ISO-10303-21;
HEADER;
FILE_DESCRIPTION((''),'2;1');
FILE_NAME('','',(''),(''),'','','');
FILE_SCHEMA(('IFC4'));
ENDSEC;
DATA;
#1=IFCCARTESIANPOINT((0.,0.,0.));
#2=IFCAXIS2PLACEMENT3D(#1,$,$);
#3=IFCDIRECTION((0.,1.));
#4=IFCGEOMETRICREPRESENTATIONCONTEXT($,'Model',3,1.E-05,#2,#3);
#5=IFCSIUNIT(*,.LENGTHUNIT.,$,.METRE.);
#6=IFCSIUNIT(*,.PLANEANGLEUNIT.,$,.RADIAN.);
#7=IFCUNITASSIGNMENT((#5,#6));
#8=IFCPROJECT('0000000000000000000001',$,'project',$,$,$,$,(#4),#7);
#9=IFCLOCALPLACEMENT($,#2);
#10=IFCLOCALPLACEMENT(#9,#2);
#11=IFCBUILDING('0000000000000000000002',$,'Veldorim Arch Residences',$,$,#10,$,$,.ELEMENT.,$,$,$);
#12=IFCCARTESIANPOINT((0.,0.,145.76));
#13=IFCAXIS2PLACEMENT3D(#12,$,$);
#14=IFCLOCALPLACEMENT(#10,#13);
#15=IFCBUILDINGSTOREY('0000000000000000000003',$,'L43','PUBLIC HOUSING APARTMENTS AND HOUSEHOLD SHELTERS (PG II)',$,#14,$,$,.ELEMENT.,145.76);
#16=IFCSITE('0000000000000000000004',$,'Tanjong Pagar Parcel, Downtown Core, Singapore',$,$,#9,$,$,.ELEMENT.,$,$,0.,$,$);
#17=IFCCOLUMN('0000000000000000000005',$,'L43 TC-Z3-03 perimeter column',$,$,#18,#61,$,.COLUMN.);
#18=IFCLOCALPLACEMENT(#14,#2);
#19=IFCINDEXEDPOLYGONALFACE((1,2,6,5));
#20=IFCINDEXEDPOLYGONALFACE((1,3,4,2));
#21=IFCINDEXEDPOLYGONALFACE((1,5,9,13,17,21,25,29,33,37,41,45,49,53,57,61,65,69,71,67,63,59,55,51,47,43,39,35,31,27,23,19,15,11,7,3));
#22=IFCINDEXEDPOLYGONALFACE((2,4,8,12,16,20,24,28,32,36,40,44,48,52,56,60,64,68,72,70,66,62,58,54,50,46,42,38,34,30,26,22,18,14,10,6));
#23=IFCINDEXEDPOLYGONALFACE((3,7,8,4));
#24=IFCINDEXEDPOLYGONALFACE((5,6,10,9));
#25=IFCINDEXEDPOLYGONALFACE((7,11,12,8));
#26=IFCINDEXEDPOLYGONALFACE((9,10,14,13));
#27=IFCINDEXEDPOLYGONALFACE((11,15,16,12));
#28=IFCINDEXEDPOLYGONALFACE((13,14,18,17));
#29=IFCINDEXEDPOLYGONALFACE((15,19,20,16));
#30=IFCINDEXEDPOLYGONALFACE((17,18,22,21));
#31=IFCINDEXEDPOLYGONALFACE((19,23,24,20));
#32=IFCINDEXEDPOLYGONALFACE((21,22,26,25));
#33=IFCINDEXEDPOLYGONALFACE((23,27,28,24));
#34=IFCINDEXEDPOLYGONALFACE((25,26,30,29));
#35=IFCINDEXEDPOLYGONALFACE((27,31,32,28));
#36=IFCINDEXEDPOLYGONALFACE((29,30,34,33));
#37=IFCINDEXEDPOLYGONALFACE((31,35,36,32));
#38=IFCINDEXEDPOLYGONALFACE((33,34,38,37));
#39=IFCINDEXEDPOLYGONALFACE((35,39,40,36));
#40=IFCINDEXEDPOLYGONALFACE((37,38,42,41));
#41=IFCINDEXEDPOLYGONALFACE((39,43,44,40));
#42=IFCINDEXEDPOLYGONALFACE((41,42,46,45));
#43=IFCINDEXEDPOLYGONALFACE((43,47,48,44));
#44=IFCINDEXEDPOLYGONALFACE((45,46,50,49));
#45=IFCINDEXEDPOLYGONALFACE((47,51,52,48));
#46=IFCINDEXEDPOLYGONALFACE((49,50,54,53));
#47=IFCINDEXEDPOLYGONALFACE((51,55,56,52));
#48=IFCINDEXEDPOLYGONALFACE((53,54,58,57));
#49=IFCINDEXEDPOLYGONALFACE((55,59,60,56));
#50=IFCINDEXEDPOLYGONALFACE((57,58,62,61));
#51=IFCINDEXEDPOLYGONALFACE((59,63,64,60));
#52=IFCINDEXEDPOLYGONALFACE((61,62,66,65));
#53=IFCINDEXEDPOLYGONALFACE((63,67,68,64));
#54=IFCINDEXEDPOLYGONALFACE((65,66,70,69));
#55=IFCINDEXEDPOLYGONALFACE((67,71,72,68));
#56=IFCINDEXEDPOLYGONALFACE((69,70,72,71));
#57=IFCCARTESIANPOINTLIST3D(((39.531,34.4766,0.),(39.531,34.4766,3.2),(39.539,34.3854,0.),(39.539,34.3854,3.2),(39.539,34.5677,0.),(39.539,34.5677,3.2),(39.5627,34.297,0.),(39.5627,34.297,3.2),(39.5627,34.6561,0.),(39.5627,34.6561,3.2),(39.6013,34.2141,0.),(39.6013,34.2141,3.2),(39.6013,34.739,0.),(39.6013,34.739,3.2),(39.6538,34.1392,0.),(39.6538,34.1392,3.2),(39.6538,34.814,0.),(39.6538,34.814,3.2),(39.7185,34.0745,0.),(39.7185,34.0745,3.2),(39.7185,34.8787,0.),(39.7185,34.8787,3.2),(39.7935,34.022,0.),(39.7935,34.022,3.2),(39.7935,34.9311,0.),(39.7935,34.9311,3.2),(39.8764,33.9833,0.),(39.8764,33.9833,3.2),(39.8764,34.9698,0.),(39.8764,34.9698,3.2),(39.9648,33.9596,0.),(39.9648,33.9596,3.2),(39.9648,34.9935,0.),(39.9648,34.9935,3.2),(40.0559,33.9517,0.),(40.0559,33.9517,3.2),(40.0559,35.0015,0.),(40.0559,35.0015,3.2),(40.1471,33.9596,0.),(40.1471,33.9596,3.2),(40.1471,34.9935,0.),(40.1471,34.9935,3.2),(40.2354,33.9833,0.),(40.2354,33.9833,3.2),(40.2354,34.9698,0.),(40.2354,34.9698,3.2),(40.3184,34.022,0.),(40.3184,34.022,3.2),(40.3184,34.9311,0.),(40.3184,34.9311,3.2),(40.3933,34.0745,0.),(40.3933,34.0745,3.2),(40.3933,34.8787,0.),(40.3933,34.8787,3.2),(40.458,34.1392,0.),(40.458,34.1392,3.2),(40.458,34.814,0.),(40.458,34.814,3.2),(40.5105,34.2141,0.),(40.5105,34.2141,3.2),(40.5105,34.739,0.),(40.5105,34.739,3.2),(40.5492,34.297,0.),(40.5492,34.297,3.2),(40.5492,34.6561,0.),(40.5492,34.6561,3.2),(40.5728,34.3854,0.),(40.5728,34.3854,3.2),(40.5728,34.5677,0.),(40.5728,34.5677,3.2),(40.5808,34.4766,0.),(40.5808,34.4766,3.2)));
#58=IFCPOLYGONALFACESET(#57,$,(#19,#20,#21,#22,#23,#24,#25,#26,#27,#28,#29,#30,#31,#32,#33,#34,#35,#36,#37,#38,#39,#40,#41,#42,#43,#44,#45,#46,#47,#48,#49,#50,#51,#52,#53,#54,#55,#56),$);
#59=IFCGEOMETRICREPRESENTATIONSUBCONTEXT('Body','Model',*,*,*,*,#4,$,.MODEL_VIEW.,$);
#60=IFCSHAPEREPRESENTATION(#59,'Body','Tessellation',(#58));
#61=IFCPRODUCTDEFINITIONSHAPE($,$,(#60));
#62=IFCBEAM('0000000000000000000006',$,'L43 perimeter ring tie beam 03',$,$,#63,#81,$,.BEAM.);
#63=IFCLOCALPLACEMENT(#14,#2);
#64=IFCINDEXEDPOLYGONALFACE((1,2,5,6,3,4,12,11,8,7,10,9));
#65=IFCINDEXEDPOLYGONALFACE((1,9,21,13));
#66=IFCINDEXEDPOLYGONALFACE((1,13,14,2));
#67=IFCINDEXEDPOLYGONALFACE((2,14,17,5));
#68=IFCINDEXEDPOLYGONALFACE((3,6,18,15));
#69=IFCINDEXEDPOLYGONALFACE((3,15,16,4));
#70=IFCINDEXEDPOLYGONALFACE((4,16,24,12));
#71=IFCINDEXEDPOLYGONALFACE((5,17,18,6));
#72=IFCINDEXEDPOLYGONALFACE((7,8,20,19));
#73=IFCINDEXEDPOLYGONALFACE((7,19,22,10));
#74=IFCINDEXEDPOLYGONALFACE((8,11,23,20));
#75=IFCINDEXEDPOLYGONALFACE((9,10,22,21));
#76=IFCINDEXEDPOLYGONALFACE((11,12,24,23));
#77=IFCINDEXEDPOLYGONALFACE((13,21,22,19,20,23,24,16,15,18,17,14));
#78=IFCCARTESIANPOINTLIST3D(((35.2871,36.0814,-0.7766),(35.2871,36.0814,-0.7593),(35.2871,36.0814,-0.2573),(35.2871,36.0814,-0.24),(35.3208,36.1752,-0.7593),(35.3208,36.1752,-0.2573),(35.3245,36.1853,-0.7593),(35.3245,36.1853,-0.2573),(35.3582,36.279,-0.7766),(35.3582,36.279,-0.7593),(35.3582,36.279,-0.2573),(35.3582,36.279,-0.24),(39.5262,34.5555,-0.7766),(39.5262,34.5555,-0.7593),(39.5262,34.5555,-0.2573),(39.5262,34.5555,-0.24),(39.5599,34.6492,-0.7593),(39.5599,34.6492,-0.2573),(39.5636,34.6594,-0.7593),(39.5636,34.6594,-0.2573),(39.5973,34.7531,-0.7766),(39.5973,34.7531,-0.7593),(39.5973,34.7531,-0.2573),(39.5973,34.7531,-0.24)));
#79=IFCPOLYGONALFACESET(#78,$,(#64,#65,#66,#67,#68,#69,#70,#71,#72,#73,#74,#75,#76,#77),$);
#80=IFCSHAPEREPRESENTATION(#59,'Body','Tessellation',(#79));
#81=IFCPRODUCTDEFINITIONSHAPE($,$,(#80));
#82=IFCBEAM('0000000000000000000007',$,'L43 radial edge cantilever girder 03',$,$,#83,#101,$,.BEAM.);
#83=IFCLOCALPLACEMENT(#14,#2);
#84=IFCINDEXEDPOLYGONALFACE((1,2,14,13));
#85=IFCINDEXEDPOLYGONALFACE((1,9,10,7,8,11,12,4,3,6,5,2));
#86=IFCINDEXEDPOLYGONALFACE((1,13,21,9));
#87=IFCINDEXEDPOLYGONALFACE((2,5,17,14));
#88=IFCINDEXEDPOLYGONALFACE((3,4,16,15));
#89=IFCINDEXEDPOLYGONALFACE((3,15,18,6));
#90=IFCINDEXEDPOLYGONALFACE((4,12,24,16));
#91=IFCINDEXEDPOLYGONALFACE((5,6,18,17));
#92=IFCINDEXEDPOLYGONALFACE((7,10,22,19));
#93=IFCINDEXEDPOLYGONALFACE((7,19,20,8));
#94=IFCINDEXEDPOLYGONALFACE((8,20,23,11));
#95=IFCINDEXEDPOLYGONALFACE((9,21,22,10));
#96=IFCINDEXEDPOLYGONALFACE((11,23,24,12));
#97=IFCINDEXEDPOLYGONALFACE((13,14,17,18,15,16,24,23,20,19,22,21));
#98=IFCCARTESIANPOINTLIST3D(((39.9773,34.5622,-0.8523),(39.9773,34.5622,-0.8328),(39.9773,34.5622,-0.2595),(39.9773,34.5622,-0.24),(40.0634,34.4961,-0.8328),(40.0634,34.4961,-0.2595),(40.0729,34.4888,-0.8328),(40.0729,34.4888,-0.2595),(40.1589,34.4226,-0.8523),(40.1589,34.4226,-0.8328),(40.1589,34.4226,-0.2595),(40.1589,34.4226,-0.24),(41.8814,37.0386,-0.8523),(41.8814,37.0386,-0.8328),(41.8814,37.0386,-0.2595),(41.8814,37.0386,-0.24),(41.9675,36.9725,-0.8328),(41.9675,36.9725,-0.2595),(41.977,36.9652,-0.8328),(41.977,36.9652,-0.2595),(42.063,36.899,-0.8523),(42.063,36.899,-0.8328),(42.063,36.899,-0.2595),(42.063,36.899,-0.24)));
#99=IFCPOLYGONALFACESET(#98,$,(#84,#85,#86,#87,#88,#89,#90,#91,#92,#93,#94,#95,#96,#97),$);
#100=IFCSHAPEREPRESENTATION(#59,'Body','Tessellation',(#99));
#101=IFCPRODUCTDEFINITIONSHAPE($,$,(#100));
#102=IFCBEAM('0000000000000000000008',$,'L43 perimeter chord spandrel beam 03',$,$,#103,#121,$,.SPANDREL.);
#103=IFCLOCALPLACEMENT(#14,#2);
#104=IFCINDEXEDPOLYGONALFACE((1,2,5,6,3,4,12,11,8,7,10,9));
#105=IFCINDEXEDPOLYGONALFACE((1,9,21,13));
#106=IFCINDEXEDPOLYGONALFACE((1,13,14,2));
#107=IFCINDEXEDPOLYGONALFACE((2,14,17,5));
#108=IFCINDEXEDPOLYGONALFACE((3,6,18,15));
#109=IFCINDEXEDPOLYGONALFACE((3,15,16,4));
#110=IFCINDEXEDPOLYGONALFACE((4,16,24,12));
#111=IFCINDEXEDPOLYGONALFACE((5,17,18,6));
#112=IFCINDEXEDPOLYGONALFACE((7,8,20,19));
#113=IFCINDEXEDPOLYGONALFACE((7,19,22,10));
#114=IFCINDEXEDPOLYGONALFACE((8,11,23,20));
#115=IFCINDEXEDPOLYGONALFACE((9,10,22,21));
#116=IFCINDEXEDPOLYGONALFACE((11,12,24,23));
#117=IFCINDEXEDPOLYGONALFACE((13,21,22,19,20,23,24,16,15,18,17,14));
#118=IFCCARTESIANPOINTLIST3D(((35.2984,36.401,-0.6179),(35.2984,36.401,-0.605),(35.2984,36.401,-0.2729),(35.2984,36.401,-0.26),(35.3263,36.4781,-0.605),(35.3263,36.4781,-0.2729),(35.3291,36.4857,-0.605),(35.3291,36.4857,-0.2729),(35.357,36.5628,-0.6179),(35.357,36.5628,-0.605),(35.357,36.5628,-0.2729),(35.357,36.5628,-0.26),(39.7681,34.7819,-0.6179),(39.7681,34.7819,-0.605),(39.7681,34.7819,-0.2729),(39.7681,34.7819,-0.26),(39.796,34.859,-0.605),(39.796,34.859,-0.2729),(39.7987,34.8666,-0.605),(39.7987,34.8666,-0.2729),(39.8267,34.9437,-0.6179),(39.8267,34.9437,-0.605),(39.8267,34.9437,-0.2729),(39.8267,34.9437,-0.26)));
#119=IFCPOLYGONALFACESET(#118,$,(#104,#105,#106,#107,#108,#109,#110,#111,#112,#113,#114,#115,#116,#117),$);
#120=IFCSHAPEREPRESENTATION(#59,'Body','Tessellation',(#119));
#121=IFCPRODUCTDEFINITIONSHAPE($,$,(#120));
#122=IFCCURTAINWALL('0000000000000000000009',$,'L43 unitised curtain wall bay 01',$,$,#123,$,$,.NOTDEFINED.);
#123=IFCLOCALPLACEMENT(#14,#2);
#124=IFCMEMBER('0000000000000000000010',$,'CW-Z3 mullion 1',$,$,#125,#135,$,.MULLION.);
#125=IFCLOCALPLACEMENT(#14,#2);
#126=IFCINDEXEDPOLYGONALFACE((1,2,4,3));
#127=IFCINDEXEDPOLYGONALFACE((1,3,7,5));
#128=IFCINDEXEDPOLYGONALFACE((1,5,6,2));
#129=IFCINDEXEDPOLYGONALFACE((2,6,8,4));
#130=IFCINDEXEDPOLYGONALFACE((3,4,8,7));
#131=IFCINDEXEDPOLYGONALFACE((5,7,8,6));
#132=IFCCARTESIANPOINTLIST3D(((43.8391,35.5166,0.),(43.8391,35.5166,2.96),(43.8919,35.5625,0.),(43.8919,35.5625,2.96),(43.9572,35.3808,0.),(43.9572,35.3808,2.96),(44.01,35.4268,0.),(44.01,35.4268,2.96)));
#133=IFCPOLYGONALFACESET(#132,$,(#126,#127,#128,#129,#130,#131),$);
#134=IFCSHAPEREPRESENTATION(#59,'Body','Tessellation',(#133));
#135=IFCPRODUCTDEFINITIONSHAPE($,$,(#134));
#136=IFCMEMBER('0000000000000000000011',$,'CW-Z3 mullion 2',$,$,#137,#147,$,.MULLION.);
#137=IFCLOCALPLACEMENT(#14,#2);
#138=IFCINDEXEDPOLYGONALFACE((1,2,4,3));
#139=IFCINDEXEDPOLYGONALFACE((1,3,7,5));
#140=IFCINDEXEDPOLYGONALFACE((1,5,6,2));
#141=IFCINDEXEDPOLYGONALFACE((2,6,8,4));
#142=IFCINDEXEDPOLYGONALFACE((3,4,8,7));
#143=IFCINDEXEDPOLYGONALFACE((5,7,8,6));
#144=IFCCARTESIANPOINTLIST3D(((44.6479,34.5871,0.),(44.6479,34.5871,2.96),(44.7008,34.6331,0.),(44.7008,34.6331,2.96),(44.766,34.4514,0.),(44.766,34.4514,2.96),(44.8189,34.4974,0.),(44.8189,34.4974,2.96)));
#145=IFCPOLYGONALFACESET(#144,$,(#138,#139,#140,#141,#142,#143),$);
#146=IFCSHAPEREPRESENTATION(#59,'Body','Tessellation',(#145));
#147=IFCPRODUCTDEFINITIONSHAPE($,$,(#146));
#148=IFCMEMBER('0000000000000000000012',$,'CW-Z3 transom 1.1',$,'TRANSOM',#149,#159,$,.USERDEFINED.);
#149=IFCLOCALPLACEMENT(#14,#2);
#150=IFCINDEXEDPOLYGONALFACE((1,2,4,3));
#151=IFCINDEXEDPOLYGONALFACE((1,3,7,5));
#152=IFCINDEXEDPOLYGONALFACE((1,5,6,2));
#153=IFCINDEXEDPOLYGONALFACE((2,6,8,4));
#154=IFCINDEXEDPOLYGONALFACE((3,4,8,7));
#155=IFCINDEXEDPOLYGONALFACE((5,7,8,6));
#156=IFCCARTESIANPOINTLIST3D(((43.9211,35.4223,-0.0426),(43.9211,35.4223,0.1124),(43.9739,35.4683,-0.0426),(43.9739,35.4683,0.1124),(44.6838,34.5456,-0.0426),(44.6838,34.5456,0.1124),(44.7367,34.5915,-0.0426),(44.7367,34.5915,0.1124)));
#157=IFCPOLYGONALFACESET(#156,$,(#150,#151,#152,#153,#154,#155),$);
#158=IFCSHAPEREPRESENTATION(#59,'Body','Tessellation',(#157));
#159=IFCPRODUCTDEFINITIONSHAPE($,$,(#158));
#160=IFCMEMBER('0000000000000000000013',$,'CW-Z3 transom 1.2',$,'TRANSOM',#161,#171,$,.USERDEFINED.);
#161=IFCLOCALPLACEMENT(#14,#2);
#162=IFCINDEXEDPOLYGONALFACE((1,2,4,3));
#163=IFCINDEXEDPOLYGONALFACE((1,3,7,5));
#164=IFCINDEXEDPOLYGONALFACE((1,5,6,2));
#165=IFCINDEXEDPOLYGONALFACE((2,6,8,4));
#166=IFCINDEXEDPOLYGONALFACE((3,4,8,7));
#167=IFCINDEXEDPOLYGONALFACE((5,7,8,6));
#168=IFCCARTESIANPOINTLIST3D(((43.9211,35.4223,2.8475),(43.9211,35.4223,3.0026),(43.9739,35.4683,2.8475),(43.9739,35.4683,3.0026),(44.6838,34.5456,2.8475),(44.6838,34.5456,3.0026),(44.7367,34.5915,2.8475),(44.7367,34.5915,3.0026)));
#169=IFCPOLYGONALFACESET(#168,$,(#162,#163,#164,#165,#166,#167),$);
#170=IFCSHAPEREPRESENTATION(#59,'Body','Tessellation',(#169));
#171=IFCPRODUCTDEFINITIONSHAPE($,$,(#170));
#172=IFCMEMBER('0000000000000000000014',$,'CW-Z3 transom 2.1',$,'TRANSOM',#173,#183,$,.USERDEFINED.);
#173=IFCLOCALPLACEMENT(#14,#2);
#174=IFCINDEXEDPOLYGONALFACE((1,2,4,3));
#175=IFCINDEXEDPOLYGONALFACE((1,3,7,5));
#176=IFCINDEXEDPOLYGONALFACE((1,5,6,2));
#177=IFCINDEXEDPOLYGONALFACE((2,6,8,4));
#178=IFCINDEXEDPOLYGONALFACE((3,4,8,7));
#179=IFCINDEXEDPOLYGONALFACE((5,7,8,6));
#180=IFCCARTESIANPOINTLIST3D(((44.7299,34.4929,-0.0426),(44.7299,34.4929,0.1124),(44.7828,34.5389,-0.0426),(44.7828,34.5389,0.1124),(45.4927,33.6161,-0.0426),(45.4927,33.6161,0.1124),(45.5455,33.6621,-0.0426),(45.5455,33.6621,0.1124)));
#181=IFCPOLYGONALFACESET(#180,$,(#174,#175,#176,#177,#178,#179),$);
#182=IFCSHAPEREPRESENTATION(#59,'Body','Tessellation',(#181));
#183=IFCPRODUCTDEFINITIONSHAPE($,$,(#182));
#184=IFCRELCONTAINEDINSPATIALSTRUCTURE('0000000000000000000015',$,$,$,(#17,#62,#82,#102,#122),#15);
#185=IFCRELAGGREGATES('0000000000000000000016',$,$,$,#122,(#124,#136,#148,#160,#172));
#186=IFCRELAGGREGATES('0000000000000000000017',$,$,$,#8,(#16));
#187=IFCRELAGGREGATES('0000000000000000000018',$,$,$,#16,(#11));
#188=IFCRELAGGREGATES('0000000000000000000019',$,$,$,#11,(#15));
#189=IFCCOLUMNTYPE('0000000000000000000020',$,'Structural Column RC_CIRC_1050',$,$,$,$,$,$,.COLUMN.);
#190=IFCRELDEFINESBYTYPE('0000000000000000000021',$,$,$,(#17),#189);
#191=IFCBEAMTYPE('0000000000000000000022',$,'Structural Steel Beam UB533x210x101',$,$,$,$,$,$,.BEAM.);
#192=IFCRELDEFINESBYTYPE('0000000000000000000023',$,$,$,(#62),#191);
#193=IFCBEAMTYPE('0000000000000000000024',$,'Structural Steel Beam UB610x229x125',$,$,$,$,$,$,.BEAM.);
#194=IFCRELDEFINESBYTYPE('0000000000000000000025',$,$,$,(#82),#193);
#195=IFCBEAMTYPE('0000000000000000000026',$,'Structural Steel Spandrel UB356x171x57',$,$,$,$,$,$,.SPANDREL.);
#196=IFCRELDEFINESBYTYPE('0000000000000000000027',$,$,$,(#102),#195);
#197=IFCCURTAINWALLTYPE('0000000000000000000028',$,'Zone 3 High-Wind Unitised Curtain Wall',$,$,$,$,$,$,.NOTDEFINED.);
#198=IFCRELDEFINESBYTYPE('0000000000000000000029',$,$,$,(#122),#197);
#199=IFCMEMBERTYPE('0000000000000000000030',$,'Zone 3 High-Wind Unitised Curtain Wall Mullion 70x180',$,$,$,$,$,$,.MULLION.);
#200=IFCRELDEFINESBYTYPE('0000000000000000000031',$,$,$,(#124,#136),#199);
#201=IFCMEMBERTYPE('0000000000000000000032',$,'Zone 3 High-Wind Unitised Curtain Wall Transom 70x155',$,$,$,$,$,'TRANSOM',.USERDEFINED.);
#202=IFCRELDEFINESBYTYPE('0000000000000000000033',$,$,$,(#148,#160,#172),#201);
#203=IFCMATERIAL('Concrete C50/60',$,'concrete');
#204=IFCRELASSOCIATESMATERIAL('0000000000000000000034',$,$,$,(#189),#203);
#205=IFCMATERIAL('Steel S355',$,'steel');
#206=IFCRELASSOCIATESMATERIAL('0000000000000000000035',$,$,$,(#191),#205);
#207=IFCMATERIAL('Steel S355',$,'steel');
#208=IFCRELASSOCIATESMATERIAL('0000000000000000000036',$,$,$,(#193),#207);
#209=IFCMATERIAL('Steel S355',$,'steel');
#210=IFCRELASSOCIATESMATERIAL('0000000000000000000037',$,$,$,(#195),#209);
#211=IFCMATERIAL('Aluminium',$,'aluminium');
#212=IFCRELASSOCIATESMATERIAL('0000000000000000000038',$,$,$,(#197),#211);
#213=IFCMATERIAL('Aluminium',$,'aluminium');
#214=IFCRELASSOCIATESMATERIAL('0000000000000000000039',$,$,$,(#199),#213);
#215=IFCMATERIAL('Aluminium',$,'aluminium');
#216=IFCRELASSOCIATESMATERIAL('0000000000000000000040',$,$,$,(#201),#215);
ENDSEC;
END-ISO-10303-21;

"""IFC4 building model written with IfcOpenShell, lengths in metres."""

from ifc_helpers import new_model, si_unit, direction, frame, origin, origin_2d, place, context, subcontext, project, spatial, rectangle, circle, i_section, extrude, material, material_profile, profile_set, type_object, element, aggregate, save


model = new_model("IFC4")

# Units and contexts
model_context = context("Model", 3, precision=1e-05, world=origin(), true_north=direction((0.0, 1.0)))
body_context = subcontext(model_context, "Body", "Model", "MODEL_VIEW")
ifc_project = project(units=[si_unit("LENGTHUNIT", "METRE"), si_unit("PLANEANGLEUNIT", "RADIAN")], contexts=[model_context])

# Site, building, storey
site_placement = place(None, origin())
site = spatial("IfcSite", under=ifc_project, at=site_placement, Name="Tanjong Pagar Parcel, Downtown Core, Singapore", CompositionType="ELEMENT", RefElevation=0.0)
building_placement = place(site_placement, origin())
building = spatial("IfcBuilding", under=site, at=building_placement, Name="Veldorim Arch Residences", CompositionType="ELEMENT")
storey_placement = place(building_placement, frame((0.0, 0.0, 145.76)))
storey = spatial("IfcBuildingStorey", under=building, at=storey_placement, Name="L43", Description="PUBLIC HOUSING APARTMENTS AND HOUSEHOLD SHELTERS (PG II)", CompositionType="ELEMENT", Elevation=145.76)

# Column
ifc_material_1 = material(Name="Concrete C50/60", Category="concrete")
ifc_material_profile_1 = material_profile(ifc_material_1, circle(Radius=0.5249, at=origin_2d()), Name="RC_CIRC_1050")
ifc_profile_set_1 = profile_set([ifc_material_profile_1], Name="Concrete C50/60")
column_type = type_object("IfcColumnType", Name="Structural Column RC_CIRC_1050", PredefinedType="COLUMN", material=ifc_profile_set_1)
column_placement = place(storey_placement, frame((40.0559, 34.4766, 0.0), z_axis=(0.0, 0.0, 1.0), x_axis=(1.0, 0.0, 0.0)))
element("IfcColumn", 1, at=column_placement, inside=storey, type_object=column_type, Name="L43 TC-Z3-03 perimeter column", PredefinedType="COLUMN", context=body_context, shape_type="SweptSolid", body=[
    extrude(circle(Radius=0.5249, at=origin_2d()), origin(), (0.0, 0.0, 1.0), 3.2),
])

# Beams
ifc_material_2 = material(Name="Steel S355", Category="steel")
ifc_material_profile_2 = material_profile(ifc_material_2, i_section(OverallWidth=0.21, OverallDepth=0.5366, WebThickness=0.0107, FlangeThickness=0.0173, at=origin_2d()), Name="UB533x210x101")
ifc_profile_set_2 = profile_set([ifc_material_profile_2], Name="Steel S355")
beam_type_1 = type_object("IfcBeamType", Name="Structural Steel Beam UB533x210x101", PredefinedType="BEAM", material=ifc_profile_set_2)
beam_1_placement = place(storey_placement, frame((39.5618, 34.6543, -0.5083), z_axis=(-0.940899, 0.338687, 0.0), x_axis=(-0.338687, -0.940899, 0.0)))
element("IfcBeam", 2, at=beam_1_placement, inside=storey, type_object=beam_type_1, Name="L43 perimeter ring tie beam 03", PredefinedType="BEAM", context=body_context, shape_type="SweptSolid", body=[
    extrude(i_section(OverallWidth=0.21, OverallDepth=0.5366, WebThickness=0.0107, FlangeThickness=0.0173, at=origin_2d()), origin(), (0.0, 0.0, 1.0), 4.5054),
])
ifc_material_3 = material(Name="Steel S355", Category="steel")
ifc_material_profile_3 = material_profile(ifc_material_3, i_section(OverallWidth=0.229, OverallDepth=0.6123, WebThickness=0.012, FlangeThickness=0.0195, at=origin_2d()), Name="UB610x229x125")
ifc_profile_set_3 = profile_set([ifc_material_profile_3], Name="Steel S355")
beam_type_2 = type_object("IfcBeamType", Name="Structural Steel Beam UB610x229x125", PredefinedType="BEAM", material=ifc_profile_set_3)
beam_2_placement = place(storey_placement, frame((40.0681, 34.4924, -0.5461), z_axis=(0.609548, 0.792749, 0.0), x_axis=(-0.792749, 0.609548, 0.0)))
element("IfcBeam", 3, at=beam_2_placement, inside=storey, type_object=beam_type_2, Name="L43 radial edge cantilever girder 03", PredefinedType="BEAM", context=body_context, shape_type="SweptSolid", body=[
    extrude(i_section(OverallWidth=0.229, OverallDepth=0.6123, WebThickness=0.012, FlangeThickness=0.0195, at=origin_2d()), origin(), (0.0, 0.0, 1.0), 3.1238),
])
ifc_material_4 = material(Name="Steel S355", Category="steel")
ifc_material_profile_4 = material_profile(ifc_material_4, i_section(OverallWidth=0.1721, OverallDepth=0.3579, WebThickness=0.0081, FlangeThickness=0.0129, at=origin_2d()), Name="UB356x171x57")
ifc_profile_set_4 = profile_set([ifc_material_profile_4], Name="Steel S355")
beam_type_3 = type_object("IfcBeamType", Name="Structural Steel Spandrel UB356x171x57", PredefinedType="SPANDREL", material=ifc_profile_set_4)
beam_3_placement = place(storey_placement, frame((39.7974, 34.8628, -0.439), z_axis=(-0.940213, 0.340588, 0.0), x_axis=(-0.340588, -0.940213, 0.0)))
element("IfcBeam", 4, at=beam_3_placement, inside=storey, type_object=beam_type_3, Name="L43 perimeter chord spandrel beam 03", PredefinedType="SPANDREL", context=body_context, shape_type="SweptSolid", body=[
    extrude(i_section(OverallWidth=0.1721, OverallDepth=0.3579, WebThickness=0.0081, FlangeThickness=0.0129, at=origin_2d()), origin(), (0.0, 0.0, 1.0), 4.7539),
])

# Curtain wall, members
ifc_material_5 = material(Name="Aluminium", Category="aluminium")
curtain_wall_type = type_object("IfcCurtainWallType", Name="Zone 3 High-Wind Unitised Curtain Wall", PredefinedType="NOTDEFINED", material=ifc_material_5)
curtain_wall_placement = place(storey_placement, origin())
curtain_wall = element("IfcCurtainWall", 5, at=curtain_wall_placement, inside=storey, type_object=curtain_wall_type, Name="L43 unitised curtain wall bay 01", PredefinedType="NOTDEFINED")
ifc_material_6 = material(Name="Aluminium", Category="aluminium")
ifc_material_profile_5 = material_profile(ifc_material_6, rectangle(XDim=0.0701, YDim=0.1799, at=origin_2d()), Name="ALU_MUL_70x180")
ifc_profile_set_5 = profile_set([ifc_material_profile_5], Name="Aluminium")
member_type_1 = type_object("IfcMemberType", Name="Zone 3 High-Wind Unitised Curtain Wall Mullion 70x180", PredefinedType="MULLION", material=ifc_profile_set_5)
member_1_placement = place(storey_placement, frame((43.9246, 35.4717, 0.0), z_axis=(0.0, 0.0, 1.0), x_axis=(0.7544, 0.656415, 0.0)))
member_1 = element("IfcMember", 6, at=member_1_placement, type_object=member_type_1, Name="CW-Z3 mullion 1", PredefinedType="MULLION", context=body_context, shape_type="SweptSolid", body=[
    extrude(rectangle(XDim=0.0701, YDim=0.1799, at=origin_2d()), origin(), (0.0, 0.0, 1.0), 2.96),
])
member_2_placement = place(storey_placement, frame((44.7334, 34.5422, 0.0), z_axis=(0.0, 0.0, 1.0), x_axis=(0.7544, 0.656415, 0.0)))
member_2 = element("IfcMember", 7, at=member_2_placement, type_object=member_type_1, Name="CW-Z3 mullion 2", PredefinedType="MULLION", context=body_context, shape_type="SweptSolid", body=[
    extrude(rectangle(XDim=0.0701, YDim=0.1799, at=origin_2d()), origin(), (0.0, 0.0, 1.0), 2.96),
])
ifc_material_7 = material(Name="Aluminium", Category="aluminium")
ifc_material_profile_6 = material_profile(ifc_material_7, rectangle(XDim=0.0701, YDim=0.155, at=origin_2d()), Name="ALU_TRN_70x155")
ifc_profile_set_6 = profile_set([ifc_material_profile_6], Name="Aluminium")
member_type_2 = type_object("IfcMemberType", Name="Zone 3 High-Wind Unitised Curtain Wall Transom 70x155", ElementType="TRANSOM", PredefinedType="USERDEFINED", material=ifc_profile_set_6)
member_3_placement = place(storey_placement, frame((43.9475, 35.4453, 0.0349), z_axis=(0.656345, -0.754461, 0.0), x_axis=(0.754461, 0.656345, 0.0)))
member_3 = element("IfcMember", 8, at=member_3_placement, type_object=member_type_2, Name="CW-Z3 transom 1.1", ObjectType="TRANSOM", PredefinedType="USERDEFINED", context=body_context, shape_type="SweptSolid", body=[
    extrude(rectangle(XDim=0.0701, YDim=0.155, at=origin_2d()), origin(), (0.0, 0.0, 1.0), 1.1621),
])
member_4_placement = place(storey_placement, frame((43.9475, 35.4453, 2.925), z_axis=(0.656345, -0.754461, 0.0), x_axis=(0.754461, 0.656345, 0.0)))
member_4 = element("IfcMember", 9, at=member_4_placement, type_object=member_type_2, Name="CW-Z3 transom 1.2", ObjectType="TRANSOM", PredefinedType="USERDEFINED", context=body_context, shape_type="SweptSolid", body=[
    extrude(rectangle(XDim=0.0701, YDim=0.155, at=origin_2d()), origin(), (0.0, 0.0, 1.0), 1.1621),
])
member_5_placement = place(storey_placement, frame((44.7563, 34.5159, 0.0349), z_axis=(0.656345, -0.754461, 0.0), x_axis=(0.754461, 0.656345, 0.0)))
member_5 = element("IfcMember", 10, at=member_5_placement, type_object=member_type_2, Name="CW-Z3 transom 2.1", ObjectType="TRANSOM", PredefinedType="USERDEFINED", context=body_context, shape_type="SweptSolid", body=[
    extrude(rectangle(XDim=0.0701, YDim=0.155, at=origin_2d()), origin(), (0.0, 0.0, 1.0), 1.1621),
])
aggregate(curtain_wall, [member_1, member_2, member_3, member_4, member_5])

save(model, "model.ifc")
